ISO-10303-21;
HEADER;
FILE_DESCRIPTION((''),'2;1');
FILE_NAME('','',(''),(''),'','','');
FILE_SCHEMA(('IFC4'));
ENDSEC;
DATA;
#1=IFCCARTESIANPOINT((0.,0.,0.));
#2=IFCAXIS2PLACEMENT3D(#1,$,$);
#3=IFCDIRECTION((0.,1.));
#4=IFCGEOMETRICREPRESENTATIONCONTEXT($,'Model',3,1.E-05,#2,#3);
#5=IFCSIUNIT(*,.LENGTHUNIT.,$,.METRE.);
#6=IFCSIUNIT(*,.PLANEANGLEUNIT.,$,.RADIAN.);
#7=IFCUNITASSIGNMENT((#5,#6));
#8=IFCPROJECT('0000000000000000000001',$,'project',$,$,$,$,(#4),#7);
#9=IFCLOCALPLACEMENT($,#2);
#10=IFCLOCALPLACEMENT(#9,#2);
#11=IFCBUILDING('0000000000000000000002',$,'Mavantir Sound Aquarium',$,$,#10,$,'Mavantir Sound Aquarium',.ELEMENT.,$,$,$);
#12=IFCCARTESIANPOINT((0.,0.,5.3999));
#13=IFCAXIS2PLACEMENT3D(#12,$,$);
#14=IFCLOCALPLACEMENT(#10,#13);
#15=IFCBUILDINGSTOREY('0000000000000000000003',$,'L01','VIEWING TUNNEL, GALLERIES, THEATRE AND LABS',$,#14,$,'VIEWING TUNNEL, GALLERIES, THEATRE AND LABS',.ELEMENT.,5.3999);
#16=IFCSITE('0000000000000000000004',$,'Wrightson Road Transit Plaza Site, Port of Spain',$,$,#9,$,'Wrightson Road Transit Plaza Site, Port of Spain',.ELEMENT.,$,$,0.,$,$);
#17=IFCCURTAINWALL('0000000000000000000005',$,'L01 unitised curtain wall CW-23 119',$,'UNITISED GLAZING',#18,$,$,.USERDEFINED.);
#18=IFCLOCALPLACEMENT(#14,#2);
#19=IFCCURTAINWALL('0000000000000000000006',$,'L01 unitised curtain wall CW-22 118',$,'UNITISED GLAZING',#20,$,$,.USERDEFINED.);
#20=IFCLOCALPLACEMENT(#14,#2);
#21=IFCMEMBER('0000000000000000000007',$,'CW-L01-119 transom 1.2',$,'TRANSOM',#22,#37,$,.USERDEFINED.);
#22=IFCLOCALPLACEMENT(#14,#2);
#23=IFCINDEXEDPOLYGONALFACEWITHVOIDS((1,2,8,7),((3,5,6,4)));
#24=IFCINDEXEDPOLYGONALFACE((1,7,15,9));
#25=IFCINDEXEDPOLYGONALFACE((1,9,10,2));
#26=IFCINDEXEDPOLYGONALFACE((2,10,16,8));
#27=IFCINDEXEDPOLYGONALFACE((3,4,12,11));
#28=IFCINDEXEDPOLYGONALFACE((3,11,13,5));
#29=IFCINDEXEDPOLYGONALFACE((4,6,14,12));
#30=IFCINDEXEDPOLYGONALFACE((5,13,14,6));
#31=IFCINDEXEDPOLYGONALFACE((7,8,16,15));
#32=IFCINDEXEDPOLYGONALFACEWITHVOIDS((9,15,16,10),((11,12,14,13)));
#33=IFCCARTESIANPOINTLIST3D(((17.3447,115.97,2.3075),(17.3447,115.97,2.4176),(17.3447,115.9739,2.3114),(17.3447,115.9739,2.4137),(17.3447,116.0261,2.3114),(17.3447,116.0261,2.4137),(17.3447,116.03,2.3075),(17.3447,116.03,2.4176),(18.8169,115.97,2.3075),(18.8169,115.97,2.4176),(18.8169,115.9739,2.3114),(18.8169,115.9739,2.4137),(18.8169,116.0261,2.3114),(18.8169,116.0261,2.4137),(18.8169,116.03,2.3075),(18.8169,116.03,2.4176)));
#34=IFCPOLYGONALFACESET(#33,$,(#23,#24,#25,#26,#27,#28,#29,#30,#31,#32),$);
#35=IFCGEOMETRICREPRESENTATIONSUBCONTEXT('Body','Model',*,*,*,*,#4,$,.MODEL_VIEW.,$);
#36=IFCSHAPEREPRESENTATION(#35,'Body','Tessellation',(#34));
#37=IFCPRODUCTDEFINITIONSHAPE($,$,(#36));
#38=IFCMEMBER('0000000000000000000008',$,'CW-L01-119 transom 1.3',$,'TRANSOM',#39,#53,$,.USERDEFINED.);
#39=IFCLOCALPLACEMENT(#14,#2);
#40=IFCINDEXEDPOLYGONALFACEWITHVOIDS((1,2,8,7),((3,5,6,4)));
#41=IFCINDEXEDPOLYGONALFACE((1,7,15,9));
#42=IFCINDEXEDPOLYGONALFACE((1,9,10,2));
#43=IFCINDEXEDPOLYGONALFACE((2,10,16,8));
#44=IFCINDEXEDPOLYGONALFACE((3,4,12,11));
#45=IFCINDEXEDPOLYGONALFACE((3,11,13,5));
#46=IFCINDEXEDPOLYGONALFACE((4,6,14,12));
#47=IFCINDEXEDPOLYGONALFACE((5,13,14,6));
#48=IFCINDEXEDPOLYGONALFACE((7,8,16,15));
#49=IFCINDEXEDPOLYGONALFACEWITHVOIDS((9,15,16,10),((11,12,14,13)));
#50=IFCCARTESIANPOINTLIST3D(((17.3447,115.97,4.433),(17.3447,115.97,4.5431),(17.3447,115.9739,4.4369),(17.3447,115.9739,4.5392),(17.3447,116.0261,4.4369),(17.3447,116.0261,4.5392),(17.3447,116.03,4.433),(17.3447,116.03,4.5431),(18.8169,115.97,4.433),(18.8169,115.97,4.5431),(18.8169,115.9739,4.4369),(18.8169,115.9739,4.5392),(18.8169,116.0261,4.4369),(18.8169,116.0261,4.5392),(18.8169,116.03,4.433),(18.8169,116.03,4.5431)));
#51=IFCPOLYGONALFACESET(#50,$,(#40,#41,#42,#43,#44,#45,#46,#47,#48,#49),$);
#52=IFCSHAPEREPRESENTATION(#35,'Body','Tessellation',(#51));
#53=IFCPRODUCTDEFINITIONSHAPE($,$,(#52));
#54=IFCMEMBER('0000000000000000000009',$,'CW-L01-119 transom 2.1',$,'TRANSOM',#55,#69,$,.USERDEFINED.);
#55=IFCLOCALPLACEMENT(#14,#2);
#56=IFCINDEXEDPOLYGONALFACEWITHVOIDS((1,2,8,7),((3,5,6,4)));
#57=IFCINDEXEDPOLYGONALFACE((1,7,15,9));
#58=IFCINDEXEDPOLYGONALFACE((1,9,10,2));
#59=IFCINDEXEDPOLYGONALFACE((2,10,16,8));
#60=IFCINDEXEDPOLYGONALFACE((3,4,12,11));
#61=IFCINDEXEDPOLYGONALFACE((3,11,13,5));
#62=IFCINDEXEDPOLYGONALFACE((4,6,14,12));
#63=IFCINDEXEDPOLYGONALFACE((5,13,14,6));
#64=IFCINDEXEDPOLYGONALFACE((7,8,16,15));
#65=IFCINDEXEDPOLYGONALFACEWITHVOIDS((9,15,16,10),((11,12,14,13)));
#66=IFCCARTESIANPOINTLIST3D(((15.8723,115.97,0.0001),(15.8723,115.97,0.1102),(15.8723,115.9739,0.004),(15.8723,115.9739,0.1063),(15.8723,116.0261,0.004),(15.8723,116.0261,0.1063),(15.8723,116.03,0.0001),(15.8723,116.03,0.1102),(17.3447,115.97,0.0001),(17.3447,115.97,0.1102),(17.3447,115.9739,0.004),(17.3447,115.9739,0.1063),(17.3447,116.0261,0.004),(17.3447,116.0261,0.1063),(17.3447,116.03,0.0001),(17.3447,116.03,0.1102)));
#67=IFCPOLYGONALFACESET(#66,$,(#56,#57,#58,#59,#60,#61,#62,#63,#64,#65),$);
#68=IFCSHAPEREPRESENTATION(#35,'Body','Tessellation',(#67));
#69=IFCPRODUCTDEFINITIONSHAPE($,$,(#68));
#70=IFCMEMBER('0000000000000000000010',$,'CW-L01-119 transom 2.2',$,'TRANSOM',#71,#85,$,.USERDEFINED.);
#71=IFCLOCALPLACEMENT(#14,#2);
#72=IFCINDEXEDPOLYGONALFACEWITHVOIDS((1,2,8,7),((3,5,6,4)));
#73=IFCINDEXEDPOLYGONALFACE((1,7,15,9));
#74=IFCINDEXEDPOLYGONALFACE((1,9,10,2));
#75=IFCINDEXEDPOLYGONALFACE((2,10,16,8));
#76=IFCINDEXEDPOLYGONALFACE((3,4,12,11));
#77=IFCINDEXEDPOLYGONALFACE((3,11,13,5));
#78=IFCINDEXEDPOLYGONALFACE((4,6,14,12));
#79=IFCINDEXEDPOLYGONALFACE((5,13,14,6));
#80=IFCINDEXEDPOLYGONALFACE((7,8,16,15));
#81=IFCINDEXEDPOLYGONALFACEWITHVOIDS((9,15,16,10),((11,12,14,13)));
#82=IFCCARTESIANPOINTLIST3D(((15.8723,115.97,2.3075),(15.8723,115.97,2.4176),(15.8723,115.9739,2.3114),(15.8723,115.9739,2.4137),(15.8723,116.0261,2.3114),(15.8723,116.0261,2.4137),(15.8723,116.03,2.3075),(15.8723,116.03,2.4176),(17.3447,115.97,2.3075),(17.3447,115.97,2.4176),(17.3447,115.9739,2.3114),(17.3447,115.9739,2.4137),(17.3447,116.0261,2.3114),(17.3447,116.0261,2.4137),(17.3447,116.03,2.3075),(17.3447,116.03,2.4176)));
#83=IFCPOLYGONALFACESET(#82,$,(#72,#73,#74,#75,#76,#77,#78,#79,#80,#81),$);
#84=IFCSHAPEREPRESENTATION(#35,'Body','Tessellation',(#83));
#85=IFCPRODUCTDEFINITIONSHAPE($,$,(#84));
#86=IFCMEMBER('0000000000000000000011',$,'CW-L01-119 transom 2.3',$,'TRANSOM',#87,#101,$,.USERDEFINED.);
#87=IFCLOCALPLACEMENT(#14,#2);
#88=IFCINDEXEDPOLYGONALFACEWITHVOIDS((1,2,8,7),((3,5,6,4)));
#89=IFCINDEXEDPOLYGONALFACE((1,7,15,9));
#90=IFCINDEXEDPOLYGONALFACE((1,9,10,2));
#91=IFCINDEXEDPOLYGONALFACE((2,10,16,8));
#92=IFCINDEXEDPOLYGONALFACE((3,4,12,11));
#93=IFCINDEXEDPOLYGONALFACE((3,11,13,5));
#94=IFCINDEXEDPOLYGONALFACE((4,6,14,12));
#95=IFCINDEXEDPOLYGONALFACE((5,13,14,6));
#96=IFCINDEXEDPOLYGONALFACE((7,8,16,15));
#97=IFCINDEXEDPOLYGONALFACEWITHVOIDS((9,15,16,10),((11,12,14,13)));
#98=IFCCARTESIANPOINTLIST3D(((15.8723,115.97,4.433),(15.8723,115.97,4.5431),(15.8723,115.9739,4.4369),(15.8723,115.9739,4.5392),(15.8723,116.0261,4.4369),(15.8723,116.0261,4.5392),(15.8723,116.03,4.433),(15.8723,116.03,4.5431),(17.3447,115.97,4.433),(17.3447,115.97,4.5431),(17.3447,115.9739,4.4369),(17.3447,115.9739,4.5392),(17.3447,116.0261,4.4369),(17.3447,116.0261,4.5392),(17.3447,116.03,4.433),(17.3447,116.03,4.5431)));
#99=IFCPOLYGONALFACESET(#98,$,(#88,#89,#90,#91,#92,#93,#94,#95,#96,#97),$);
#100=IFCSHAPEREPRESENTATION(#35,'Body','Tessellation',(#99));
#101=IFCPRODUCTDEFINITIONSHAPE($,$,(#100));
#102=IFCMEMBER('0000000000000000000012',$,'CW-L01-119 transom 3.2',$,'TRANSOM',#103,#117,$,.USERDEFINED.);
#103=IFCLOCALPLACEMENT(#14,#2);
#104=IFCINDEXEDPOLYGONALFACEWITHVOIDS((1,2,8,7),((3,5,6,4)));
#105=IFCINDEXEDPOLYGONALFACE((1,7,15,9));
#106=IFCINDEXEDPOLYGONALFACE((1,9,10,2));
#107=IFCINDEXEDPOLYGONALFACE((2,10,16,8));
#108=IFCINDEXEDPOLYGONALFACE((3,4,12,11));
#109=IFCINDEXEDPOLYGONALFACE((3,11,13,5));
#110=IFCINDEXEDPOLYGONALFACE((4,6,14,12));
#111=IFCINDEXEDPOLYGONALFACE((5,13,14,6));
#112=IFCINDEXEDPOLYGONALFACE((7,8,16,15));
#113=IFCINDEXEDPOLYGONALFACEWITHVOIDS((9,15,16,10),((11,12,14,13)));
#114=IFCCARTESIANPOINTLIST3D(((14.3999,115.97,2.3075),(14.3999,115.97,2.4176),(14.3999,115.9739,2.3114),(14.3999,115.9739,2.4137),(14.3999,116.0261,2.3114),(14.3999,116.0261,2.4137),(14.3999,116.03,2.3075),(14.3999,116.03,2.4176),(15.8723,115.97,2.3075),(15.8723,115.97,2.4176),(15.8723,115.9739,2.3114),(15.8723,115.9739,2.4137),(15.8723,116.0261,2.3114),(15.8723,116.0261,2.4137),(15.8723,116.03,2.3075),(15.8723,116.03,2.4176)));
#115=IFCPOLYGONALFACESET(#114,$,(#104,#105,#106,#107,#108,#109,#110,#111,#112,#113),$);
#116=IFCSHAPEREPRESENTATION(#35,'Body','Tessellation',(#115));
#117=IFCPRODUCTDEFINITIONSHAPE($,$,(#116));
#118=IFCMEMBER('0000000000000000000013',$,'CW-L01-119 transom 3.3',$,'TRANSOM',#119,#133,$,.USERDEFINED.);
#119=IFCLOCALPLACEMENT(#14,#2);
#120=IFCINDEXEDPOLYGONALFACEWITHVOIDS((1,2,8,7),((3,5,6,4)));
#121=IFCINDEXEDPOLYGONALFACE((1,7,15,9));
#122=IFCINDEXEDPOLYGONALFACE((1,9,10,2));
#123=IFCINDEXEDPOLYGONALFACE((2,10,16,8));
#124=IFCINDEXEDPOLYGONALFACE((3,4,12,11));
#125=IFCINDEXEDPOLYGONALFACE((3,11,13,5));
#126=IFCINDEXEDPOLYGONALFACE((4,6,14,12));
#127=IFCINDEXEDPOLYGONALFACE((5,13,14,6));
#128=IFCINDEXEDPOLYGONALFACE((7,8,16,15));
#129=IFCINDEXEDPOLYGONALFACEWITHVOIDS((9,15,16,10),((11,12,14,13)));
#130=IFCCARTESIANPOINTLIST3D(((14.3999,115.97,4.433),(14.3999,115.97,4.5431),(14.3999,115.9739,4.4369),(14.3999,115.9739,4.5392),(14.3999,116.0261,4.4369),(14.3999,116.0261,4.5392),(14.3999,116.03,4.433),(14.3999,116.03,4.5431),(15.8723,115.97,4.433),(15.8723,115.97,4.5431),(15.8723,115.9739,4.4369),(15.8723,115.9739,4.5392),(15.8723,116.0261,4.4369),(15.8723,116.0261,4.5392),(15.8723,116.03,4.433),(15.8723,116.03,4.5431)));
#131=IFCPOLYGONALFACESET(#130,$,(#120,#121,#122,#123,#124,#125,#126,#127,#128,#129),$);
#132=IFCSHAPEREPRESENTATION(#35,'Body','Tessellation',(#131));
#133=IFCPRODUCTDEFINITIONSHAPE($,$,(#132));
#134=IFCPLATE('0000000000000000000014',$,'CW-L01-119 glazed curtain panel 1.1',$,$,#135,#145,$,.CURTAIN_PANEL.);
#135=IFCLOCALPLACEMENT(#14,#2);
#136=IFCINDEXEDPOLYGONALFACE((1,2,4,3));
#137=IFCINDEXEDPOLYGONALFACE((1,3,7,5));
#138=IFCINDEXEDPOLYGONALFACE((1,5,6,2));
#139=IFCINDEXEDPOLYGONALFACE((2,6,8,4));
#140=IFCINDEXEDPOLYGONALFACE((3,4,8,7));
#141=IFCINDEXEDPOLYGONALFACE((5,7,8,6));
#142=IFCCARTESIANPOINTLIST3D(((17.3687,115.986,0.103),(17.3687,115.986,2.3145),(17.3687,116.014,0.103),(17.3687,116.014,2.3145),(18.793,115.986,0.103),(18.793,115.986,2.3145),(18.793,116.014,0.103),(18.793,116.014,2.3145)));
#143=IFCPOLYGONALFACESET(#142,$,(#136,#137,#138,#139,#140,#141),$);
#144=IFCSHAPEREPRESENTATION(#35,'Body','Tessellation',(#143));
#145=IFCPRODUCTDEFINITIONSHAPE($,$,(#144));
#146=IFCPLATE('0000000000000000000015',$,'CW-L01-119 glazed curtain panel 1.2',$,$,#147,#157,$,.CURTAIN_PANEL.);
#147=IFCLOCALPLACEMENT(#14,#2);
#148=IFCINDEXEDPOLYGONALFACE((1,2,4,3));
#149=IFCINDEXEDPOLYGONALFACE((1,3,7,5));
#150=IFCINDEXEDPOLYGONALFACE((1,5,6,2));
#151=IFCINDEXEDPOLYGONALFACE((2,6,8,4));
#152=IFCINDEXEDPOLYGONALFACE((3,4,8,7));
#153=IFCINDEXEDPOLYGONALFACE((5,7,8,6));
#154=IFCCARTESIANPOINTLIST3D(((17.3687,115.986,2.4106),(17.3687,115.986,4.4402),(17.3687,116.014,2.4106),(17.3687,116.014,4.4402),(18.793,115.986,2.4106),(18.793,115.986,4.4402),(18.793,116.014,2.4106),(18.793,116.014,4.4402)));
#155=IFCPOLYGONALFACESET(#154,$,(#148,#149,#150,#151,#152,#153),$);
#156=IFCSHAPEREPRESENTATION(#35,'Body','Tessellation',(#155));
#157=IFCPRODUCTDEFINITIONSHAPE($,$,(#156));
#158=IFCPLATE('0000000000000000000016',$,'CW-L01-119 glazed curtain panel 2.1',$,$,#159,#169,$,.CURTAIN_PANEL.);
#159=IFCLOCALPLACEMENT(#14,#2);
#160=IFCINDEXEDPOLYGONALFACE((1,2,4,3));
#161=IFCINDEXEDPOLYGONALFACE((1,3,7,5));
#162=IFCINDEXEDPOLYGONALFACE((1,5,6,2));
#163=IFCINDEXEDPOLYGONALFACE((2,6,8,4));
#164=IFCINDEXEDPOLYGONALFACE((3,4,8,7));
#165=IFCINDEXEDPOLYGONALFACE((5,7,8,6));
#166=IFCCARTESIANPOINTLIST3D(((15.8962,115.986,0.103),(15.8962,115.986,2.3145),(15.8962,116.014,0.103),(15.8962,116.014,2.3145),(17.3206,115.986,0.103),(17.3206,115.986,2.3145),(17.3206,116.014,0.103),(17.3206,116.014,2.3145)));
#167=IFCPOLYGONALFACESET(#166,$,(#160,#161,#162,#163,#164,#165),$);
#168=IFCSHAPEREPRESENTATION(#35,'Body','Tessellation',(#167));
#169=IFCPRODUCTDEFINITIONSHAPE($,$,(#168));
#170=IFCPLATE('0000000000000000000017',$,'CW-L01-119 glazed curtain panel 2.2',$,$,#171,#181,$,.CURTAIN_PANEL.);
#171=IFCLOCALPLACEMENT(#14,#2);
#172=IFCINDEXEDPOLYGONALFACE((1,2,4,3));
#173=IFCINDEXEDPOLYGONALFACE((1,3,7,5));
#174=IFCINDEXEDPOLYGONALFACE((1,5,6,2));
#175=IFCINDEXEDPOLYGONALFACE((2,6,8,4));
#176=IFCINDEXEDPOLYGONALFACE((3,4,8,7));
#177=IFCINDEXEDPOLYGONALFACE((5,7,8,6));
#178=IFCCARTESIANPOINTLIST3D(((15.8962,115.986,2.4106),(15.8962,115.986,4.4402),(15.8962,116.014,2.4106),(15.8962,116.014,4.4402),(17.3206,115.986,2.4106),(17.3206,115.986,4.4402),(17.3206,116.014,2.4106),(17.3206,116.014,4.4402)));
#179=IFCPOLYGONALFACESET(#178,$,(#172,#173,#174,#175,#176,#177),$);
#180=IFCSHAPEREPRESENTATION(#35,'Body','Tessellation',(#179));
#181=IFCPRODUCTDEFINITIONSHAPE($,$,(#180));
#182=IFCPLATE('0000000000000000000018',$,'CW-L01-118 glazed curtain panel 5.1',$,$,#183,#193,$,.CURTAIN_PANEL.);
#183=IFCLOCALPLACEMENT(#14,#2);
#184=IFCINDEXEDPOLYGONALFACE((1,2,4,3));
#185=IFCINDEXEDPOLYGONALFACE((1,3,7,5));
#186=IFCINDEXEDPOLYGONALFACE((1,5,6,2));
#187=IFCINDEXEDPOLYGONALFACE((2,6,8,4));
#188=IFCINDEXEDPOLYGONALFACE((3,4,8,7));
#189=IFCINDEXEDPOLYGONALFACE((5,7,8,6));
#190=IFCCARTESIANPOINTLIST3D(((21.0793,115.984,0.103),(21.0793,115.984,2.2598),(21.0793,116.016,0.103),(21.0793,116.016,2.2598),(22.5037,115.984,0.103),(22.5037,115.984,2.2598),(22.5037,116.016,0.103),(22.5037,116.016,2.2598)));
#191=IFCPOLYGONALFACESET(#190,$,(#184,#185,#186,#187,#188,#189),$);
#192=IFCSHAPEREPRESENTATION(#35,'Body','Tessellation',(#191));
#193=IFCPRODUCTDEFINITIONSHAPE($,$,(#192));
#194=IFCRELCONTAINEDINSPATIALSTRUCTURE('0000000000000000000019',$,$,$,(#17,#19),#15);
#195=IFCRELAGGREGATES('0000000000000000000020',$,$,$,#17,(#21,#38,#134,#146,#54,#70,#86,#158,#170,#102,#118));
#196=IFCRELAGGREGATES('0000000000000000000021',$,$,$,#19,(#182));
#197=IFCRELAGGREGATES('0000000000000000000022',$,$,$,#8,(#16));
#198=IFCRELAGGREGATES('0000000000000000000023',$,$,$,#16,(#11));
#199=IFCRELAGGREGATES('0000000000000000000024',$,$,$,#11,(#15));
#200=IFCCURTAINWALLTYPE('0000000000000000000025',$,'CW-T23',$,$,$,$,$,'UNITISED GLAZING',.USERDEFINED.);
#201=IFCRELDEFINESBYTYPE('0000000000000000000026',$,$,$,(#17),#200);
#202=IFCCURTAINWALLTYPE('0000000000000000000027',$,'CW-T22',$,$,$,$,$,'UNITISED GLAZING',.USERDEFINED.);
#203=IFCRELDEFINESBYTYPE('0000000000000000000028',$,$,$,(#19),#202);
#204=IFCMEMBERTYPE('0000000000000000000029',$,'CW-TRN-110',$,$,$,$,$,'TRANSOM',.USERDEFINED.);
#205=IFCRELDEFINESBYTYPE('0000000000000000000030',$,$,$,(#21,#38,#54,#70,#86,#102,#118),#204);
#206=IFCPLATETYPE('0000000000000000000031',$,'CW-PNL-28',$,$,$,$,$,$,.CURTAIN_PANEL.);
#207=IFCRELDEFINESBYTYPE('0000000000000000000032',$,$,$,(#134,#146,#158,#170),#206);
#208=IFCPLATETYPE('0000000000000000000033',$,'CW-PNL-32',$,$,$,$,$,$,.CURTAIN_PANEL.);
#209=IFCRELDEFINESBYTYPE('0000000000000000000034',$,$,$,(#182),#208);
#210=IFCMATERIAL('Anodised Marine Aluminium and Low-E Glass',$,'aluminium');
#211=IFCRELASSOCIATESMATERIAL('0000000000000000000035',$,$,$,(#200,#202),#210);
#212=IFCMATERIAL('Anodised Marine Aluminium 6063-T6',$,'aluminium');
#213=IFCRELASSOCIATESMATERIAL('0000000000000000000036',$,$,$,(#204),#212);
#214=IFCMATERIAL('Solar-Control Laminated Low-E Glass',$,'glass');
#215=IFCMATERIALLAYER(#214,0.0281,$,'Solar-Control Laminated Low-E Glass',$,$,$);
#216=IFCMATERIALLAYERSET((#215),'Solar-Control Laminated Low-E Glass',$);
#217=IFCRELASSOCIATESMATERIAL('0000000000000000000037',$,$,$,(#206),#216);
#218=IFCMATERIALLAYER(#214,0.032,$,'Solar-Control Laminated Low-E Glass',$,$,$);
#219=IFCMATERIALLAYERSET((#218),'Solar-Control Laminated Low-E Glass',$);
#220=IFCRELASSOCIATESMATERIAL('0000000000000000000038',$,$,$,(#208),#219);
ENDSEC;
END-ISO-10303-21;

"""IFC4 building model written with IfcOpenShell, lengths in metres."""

from ifc_helpers import new_model, si_unit, direction, frame, origin, origin_2d, place, context, subcontext, project, spatial, rectangle, hollow_rectangle, extrude, material, layer, layer_set, material_profile, profile_set, type_object, element, aggregate, save


model = new_model("IFC4")

# Units and contexts
model_context = context("Model", 3, precision=1e-05, world=origin(), true_north=direction((0.0, 1.0)))
body_context = subcontext(model_context, "Body", "Model", "MODEL_VIEW")
ifc_project = project(units=[si_unit("LENGTHUNIT", "METRE"), si_unit("PLANEANGLEUNIT", "RADIAN")], contexts=[model_context])

# Site, building, storey
site_placement = place(None, origin())
site = spatial("IfcSite", under=ifc_project, at=site_placement, Name="Wrightson Road Transit Plaza Site, Port of Spain", LongName="Wrightson Road Transit Plaza Site, Port of Spain", CompositionType="ELEMENT", RefElevation=0.0)
building_placement = place(site_placement, origin())
building = spatial("IfcBuilding", under=site, at=building_placement, Name="Mavantir Sound Aquarium", LongName="Mavantir Sound Aquarium", CompositionType="ELEMENT")
storey_placement = place(building_placement, frame((0.0, 0.0, 5.3999)))
storey = spatial("IfcBuildingStorey", under=building, at=storey_placement, Name="L01", Description="VIEWING TUNNEL, GALLERIES, THEATRE AND LABS", LongName="VIEWING TUNNEL, GALLERIES, THEATRE AND LABS", CompositionType="ELEMENT", Elevation=5.3999)

# Curtain walls
ifc_material_1 = material(Name="Anodised Marine Aluminium and Low-E Glass", Category="aluminium")
curtain_wall_type_1 = type_object("IfcCurtainWallType", Name="CW-T23", ElementType="UNITISED GLAZING", PredefinedType="USERDEFINED", material=ifc_material_1)
curtain_wall_1_placement = place(storey_placement, origin())
curtain_wall_1 = element("IfcCurtainWall", 1, at=curtain_wall_1_placement, inside=storey, type_object=curtain_wall_type_1, Name="L01 unitised curtain wall CW-23 119", ObjectType="UNITISED GLAZING", PredefinedType="USERDEFINED")
ifc_material_2 = material(Name="Anodised Marine Aluminium 6063-T6", Category="aluminium")
curtain_wall_type_2 = type_object("IfcCurtainWallType", Name="CW-T22", ElementType="UNITISED GLAZING", PredefinedType="USERDEFINED", material=ifc_material_1)
curtain_wall_2_placement = place(storey_placement, origin())
curtain_wall_2 = element("IfcCurtainWall", 2, at=curtain_wall_2_placement, inside=storey, type_object=curtain_wall_type_2, Name="L01 unitised curtain wall CW-22 118", ObjectType="UNITISED GLAZING", PredefinedType="USERDEFINED")
ifc_material_profile_1 = material_profile(ifc_material_2, hollow_rectangle(XDim=0.0601, YDim=0.1101, WallThickness=0.0039, at=origin_2d()), Name="ALU-TRANSOM-110X60")
ifc_profile_set_1 = profile_set([ifc_material_profile_1], Name="Anodised Marine Aluminium 6063-T6")
member_type_1 = type_object("IfcMemberType", Name="CW-TRN-110", ElementType="TRANSOM", PredefinedType="USERDEFINED", material=ifc_profile_set_1)

# Members
member_1_placement = place(storey_placement, frame((18.8169, 116.0, 2.3625), z_axis=(-1.0, 0.0, 0.0), x_axis=(0.0, -1.0, 0.0)))
member_1 = element("IfcMember", 3, at=member_1_placement, type_object=member_type_1, Name="CW-L01-119 transom 1.2", ObjectType="TRANSOM", PredefinedType="USERDEFINED", context=body_context, shape_type="SweptSolid", body=[
    extrude(hollow_rectangle(XDim=0.0601, YDim=0.1101, WallThickness=0.0039, at=origin_2d()), origin(), (0.0, 0.0, 1.0), 1.4722),
])
member_2_placement = place(storey_placement, frame((18.8169, 116.0, 4.488), z_axis=(-1.0, 0.0, 0.0), x_axis=(0.0, -1.0, 0.0)))
member_2 = element("IfcMember", 4, at=member_2_placement, type_object=member_type_1, Name="CW-L01-119 transom 1.3", ObjectType="TRANSOM", PredefinedType="USERDEFINED", context=body_context, shape_type="SweptSolid", body=[
    extrude(hollow_rectangle(XDim=0.0601, YDim=0.1101, WallThickness=0.0039, at=origin_2d()), origin(), (0.0, 0.0, 1.0), 1.4722),
])
member_3_placement = place(storey_placement, frame((17.3447, 116.0, 0.0552), z_axis=(-1.0, 0.0, 0.0), x_axis=(0.0, -1.0, 0.0)))
member_3 = element("IfcMember", 5, at=member_3_placement, type_object=member_type_1, Name="CW-L01-119 transom 2.1", ObjectType="TRANSOM", PredefinedType="USERDEFINED", context=body_context, shape_type="SweptSolid", body=[
    extrude(hollow_rectangle(XDim=0.0601, YDim=0.1101, WallThickness=0.0039, at=origin_2d()), origin(), (0.0, 0.0, 1.0), 1.4724),
])
member_4_placement = place(storey_placement, frame((17.3447, 116.0, 2.3625), z_axis=(-1.0, 0.0, 0.0), x_axis=(0.0, -1.0, 0.0)))
member_4 = element("IfcMember", 6, at=member_4_placement, type_object=member_type_1, Name="CW-L01-119 transom 2.2", ObjectType="TRANSOM", PredefinedType="USERDEFINED", context=body_context, shape_type="SweptSolid", body=[
    extrude(hollow_rectangle(XDim=0.0601, YDim=0.1101, WallThickness=0.0039, at=origin_2d()), origin(), (0.0, 0.0, 1.0), 1.4724),
])
member_5_placement = place(storey_placement, frame((17.3447, 116.0, 4.488), z_axis=(-1.0, 0.0, 0.0), x_axis=(0.0, -1.0, 0.0)))
member_5 = element("IfcMember", 7, at=member_5_placement, type_object=member_type_1, Name="CW-L01-119 transom 2.3", ObjectType="TRANSOM", PredefinedType="USERDEFINED", context=body_context, shape_type="SweptSolid", body=[
    extrude(hollow_rectangle(XDim=0.0601, YDim=0.1101, WallThickness=0.0039, at=origin_2d()), origin(), (0.0, 0.0, 1.0), 1.4724),
])
member_6_placement = place(storey_placement, frame((15.8723, 116.0, 2.3625), z_axis=(-1.0, 0.0, 0.0), x_axis=(0.0, -1.0, 0.0)))
member_6 = element("IfcMember", 8, at=member_6_placement, type_object=member_type_1, Name="CW-L01-119 transom 3.2", ObjectType="TRANSOM", PredefinedType="USERDEFINED", context=body_context, shape_type="SweptSolid", body=[
    extrude(hollow_rectangle(XDim=0.0601, YDim=0.1101, WallThickness=0.0039, at=origin_2d()), origin(), (0.0, 0.0, 1.0), 1.4724),
])
member_7_placement = place(storey_placement, frame((15.8723, 116.0, 4.488), z_axis=(-1.0, 0.0, 0.0), x_axis=(0.0, -1.0, 0.0)))
member_7 = element("IfcMember", 9, at=member_7_placement, type_object=member_type_1, Name="CW-L01-119 transom 3.3", ObjectType="TRANSOM", PredefinedType="USERDEFINED", context=body_context, shape_type="SweptSolid", body=[
    extrude(hollow_rectangle(XDim=0.0601, YDim=0.1101, WallThickness=0.0039, at=origin_2d()), origin(), (0.0, 0.0, 1.0), 1.4724),
])

# Plates
ifc_material_3 = material(Name="Solar-Control Laminated Low-E Glass", Category="glass")
ifc_layer_1 = layer(ifc_material_3, 0.0281, Name="Solar-Control Laminated Low-E Glass")
ifc_layer_set_1 = layer_set([ifc_layer_1], Name="Solar-Control Laminated Low-E Glass")
plate_type_1 = type_object("IfcPlateType", Name="CW-PNL-28", PredefinedType="CURTAIN_PANEL", material=ifc_layer_set_1)
plate_1_placement = place(storey_placement, frame((18.0808, 116.0, 0.103), z_axis=(0.0, 0.0, 1.0), x_axis=(-1.0, 0.0, 0.0)))
plate_1 = element("IfcPlate", 10, at=plate_1_placement, type_object=plate_type_1, Name="CW-L01-119 glazed curtain panel 1.1", PredefinedType="CURTAIN_PANEL", context=body_context, shape_type="SweptSolid", body=[
    extrude(rectangle(XDim=1.4243, YDim=0.0281, at=origin_2d()), origin(), (0.0, 0.0, 1.0), 2.2114),
])
plate_2_placement = place(storey_placement, frame((18.0808, 116.0, 2.4106), z_axis=(0.0, 0.0, 1.0), x_axis=(-1.0, 0.0, 0.0)))
plate_2 = element("IfcPlate", 11, at=plate_2_placement, type_object=plate_type_1, Name="CW-L01-119 glazed curtain panel 1.2", PredefinedType="CURTAIN_PANEL", context=body_context, shape_type="SweptSolid", body=[
    extrude(rectangle(XDim=1.4243, YDim=0.0281, at=origin_2d()), origin(), (0.0, 0.0, 1.0), 2.0295),
])
plate_3_placement = place(storey_placement, frame((16.6084, 116.0, 0.103), z_axis=(0.0, 0.0, 1.0), x_axis=(-1.0, 0.0, 0.0)))
plate_3 = element("IfcPlate", 12, at=plate_3_placement, type_object=plate_type_1, Name="CW-L01-119 glazed curtain panel 2.1", PredefinedType="CURTAIN_PANEL", context=body_context, shape_type="SweptSolid", body=[
    extrude(rectangle(XDim=1.4243, YDim=0.0281, at=origin_2d()), origin(), (0.0, 0.0, 1.0), 2.2114),
])
plate_4_placement = place(storey_placement, frame((16.6084, 116.0, 2.4106), z_axis=(0.0, 0.0, 1.0), x_axis=(-1.0, 0.0, 0.0)))
plate_4 = element("IfcPlate", 13, at=plate_4_placement, type_object=plate_type_1, Name="CW-L01-119 glazed curtain panel 2.2", PredefinedType="CURTAIN_PANEL", context=body_context, shape_type="SweptSolid", body=[
    extrude(rectangle(XDim=1.4243, YDim=0.0281, at=origin_2d()), origin(), (0.0, 0.0, 1.0), 2.0295),
])
aggregate(curtain_wall_1, [member_1, member_2, plate_1, plate_2, member_3, member_4, member_5, plate_3, plate_4, member_6, member_7])
ifc_layer_2 = layer(ifc_material_3, 0.032, Name="Solar-Control Laminated Low-E Glass")
ifc_layer_set_2 = layer_set([ifc_layer_2], Name="Solar-Control Laminated Low-E Glass")
plate_type_2 = type_object("IfcPlateType", Name="CW-PNL-32", PredefinedType="CURTAIN_PANEL", material=ifc_layer_set_2)
plate_5_placement = place(storey_placement, frame((21.7915, 116.0, 0.103), z_axis=(0.0, 0.0, 1.0), x_axis=(-1.0, 0.0, 0.0)))
plate_5 = element("IfcPlate", 14, at=plate_5_placement, type_object=plate_type_2, Name="CW-L01-118 glazed curtain panel 5.1", PredefinedType="CURTAIN_PANEL", context=body_context, shape_type="SweptSolid", body=[
    extrude(rectangle(XDim=1.4243, YDim=0.032, at=origin_2d()), origin(), (0.0, 0.0, 1.0), 2.1567),
])
aggregate(curtain_wall_2, [plate_5])

save(model, "model.ifc")
